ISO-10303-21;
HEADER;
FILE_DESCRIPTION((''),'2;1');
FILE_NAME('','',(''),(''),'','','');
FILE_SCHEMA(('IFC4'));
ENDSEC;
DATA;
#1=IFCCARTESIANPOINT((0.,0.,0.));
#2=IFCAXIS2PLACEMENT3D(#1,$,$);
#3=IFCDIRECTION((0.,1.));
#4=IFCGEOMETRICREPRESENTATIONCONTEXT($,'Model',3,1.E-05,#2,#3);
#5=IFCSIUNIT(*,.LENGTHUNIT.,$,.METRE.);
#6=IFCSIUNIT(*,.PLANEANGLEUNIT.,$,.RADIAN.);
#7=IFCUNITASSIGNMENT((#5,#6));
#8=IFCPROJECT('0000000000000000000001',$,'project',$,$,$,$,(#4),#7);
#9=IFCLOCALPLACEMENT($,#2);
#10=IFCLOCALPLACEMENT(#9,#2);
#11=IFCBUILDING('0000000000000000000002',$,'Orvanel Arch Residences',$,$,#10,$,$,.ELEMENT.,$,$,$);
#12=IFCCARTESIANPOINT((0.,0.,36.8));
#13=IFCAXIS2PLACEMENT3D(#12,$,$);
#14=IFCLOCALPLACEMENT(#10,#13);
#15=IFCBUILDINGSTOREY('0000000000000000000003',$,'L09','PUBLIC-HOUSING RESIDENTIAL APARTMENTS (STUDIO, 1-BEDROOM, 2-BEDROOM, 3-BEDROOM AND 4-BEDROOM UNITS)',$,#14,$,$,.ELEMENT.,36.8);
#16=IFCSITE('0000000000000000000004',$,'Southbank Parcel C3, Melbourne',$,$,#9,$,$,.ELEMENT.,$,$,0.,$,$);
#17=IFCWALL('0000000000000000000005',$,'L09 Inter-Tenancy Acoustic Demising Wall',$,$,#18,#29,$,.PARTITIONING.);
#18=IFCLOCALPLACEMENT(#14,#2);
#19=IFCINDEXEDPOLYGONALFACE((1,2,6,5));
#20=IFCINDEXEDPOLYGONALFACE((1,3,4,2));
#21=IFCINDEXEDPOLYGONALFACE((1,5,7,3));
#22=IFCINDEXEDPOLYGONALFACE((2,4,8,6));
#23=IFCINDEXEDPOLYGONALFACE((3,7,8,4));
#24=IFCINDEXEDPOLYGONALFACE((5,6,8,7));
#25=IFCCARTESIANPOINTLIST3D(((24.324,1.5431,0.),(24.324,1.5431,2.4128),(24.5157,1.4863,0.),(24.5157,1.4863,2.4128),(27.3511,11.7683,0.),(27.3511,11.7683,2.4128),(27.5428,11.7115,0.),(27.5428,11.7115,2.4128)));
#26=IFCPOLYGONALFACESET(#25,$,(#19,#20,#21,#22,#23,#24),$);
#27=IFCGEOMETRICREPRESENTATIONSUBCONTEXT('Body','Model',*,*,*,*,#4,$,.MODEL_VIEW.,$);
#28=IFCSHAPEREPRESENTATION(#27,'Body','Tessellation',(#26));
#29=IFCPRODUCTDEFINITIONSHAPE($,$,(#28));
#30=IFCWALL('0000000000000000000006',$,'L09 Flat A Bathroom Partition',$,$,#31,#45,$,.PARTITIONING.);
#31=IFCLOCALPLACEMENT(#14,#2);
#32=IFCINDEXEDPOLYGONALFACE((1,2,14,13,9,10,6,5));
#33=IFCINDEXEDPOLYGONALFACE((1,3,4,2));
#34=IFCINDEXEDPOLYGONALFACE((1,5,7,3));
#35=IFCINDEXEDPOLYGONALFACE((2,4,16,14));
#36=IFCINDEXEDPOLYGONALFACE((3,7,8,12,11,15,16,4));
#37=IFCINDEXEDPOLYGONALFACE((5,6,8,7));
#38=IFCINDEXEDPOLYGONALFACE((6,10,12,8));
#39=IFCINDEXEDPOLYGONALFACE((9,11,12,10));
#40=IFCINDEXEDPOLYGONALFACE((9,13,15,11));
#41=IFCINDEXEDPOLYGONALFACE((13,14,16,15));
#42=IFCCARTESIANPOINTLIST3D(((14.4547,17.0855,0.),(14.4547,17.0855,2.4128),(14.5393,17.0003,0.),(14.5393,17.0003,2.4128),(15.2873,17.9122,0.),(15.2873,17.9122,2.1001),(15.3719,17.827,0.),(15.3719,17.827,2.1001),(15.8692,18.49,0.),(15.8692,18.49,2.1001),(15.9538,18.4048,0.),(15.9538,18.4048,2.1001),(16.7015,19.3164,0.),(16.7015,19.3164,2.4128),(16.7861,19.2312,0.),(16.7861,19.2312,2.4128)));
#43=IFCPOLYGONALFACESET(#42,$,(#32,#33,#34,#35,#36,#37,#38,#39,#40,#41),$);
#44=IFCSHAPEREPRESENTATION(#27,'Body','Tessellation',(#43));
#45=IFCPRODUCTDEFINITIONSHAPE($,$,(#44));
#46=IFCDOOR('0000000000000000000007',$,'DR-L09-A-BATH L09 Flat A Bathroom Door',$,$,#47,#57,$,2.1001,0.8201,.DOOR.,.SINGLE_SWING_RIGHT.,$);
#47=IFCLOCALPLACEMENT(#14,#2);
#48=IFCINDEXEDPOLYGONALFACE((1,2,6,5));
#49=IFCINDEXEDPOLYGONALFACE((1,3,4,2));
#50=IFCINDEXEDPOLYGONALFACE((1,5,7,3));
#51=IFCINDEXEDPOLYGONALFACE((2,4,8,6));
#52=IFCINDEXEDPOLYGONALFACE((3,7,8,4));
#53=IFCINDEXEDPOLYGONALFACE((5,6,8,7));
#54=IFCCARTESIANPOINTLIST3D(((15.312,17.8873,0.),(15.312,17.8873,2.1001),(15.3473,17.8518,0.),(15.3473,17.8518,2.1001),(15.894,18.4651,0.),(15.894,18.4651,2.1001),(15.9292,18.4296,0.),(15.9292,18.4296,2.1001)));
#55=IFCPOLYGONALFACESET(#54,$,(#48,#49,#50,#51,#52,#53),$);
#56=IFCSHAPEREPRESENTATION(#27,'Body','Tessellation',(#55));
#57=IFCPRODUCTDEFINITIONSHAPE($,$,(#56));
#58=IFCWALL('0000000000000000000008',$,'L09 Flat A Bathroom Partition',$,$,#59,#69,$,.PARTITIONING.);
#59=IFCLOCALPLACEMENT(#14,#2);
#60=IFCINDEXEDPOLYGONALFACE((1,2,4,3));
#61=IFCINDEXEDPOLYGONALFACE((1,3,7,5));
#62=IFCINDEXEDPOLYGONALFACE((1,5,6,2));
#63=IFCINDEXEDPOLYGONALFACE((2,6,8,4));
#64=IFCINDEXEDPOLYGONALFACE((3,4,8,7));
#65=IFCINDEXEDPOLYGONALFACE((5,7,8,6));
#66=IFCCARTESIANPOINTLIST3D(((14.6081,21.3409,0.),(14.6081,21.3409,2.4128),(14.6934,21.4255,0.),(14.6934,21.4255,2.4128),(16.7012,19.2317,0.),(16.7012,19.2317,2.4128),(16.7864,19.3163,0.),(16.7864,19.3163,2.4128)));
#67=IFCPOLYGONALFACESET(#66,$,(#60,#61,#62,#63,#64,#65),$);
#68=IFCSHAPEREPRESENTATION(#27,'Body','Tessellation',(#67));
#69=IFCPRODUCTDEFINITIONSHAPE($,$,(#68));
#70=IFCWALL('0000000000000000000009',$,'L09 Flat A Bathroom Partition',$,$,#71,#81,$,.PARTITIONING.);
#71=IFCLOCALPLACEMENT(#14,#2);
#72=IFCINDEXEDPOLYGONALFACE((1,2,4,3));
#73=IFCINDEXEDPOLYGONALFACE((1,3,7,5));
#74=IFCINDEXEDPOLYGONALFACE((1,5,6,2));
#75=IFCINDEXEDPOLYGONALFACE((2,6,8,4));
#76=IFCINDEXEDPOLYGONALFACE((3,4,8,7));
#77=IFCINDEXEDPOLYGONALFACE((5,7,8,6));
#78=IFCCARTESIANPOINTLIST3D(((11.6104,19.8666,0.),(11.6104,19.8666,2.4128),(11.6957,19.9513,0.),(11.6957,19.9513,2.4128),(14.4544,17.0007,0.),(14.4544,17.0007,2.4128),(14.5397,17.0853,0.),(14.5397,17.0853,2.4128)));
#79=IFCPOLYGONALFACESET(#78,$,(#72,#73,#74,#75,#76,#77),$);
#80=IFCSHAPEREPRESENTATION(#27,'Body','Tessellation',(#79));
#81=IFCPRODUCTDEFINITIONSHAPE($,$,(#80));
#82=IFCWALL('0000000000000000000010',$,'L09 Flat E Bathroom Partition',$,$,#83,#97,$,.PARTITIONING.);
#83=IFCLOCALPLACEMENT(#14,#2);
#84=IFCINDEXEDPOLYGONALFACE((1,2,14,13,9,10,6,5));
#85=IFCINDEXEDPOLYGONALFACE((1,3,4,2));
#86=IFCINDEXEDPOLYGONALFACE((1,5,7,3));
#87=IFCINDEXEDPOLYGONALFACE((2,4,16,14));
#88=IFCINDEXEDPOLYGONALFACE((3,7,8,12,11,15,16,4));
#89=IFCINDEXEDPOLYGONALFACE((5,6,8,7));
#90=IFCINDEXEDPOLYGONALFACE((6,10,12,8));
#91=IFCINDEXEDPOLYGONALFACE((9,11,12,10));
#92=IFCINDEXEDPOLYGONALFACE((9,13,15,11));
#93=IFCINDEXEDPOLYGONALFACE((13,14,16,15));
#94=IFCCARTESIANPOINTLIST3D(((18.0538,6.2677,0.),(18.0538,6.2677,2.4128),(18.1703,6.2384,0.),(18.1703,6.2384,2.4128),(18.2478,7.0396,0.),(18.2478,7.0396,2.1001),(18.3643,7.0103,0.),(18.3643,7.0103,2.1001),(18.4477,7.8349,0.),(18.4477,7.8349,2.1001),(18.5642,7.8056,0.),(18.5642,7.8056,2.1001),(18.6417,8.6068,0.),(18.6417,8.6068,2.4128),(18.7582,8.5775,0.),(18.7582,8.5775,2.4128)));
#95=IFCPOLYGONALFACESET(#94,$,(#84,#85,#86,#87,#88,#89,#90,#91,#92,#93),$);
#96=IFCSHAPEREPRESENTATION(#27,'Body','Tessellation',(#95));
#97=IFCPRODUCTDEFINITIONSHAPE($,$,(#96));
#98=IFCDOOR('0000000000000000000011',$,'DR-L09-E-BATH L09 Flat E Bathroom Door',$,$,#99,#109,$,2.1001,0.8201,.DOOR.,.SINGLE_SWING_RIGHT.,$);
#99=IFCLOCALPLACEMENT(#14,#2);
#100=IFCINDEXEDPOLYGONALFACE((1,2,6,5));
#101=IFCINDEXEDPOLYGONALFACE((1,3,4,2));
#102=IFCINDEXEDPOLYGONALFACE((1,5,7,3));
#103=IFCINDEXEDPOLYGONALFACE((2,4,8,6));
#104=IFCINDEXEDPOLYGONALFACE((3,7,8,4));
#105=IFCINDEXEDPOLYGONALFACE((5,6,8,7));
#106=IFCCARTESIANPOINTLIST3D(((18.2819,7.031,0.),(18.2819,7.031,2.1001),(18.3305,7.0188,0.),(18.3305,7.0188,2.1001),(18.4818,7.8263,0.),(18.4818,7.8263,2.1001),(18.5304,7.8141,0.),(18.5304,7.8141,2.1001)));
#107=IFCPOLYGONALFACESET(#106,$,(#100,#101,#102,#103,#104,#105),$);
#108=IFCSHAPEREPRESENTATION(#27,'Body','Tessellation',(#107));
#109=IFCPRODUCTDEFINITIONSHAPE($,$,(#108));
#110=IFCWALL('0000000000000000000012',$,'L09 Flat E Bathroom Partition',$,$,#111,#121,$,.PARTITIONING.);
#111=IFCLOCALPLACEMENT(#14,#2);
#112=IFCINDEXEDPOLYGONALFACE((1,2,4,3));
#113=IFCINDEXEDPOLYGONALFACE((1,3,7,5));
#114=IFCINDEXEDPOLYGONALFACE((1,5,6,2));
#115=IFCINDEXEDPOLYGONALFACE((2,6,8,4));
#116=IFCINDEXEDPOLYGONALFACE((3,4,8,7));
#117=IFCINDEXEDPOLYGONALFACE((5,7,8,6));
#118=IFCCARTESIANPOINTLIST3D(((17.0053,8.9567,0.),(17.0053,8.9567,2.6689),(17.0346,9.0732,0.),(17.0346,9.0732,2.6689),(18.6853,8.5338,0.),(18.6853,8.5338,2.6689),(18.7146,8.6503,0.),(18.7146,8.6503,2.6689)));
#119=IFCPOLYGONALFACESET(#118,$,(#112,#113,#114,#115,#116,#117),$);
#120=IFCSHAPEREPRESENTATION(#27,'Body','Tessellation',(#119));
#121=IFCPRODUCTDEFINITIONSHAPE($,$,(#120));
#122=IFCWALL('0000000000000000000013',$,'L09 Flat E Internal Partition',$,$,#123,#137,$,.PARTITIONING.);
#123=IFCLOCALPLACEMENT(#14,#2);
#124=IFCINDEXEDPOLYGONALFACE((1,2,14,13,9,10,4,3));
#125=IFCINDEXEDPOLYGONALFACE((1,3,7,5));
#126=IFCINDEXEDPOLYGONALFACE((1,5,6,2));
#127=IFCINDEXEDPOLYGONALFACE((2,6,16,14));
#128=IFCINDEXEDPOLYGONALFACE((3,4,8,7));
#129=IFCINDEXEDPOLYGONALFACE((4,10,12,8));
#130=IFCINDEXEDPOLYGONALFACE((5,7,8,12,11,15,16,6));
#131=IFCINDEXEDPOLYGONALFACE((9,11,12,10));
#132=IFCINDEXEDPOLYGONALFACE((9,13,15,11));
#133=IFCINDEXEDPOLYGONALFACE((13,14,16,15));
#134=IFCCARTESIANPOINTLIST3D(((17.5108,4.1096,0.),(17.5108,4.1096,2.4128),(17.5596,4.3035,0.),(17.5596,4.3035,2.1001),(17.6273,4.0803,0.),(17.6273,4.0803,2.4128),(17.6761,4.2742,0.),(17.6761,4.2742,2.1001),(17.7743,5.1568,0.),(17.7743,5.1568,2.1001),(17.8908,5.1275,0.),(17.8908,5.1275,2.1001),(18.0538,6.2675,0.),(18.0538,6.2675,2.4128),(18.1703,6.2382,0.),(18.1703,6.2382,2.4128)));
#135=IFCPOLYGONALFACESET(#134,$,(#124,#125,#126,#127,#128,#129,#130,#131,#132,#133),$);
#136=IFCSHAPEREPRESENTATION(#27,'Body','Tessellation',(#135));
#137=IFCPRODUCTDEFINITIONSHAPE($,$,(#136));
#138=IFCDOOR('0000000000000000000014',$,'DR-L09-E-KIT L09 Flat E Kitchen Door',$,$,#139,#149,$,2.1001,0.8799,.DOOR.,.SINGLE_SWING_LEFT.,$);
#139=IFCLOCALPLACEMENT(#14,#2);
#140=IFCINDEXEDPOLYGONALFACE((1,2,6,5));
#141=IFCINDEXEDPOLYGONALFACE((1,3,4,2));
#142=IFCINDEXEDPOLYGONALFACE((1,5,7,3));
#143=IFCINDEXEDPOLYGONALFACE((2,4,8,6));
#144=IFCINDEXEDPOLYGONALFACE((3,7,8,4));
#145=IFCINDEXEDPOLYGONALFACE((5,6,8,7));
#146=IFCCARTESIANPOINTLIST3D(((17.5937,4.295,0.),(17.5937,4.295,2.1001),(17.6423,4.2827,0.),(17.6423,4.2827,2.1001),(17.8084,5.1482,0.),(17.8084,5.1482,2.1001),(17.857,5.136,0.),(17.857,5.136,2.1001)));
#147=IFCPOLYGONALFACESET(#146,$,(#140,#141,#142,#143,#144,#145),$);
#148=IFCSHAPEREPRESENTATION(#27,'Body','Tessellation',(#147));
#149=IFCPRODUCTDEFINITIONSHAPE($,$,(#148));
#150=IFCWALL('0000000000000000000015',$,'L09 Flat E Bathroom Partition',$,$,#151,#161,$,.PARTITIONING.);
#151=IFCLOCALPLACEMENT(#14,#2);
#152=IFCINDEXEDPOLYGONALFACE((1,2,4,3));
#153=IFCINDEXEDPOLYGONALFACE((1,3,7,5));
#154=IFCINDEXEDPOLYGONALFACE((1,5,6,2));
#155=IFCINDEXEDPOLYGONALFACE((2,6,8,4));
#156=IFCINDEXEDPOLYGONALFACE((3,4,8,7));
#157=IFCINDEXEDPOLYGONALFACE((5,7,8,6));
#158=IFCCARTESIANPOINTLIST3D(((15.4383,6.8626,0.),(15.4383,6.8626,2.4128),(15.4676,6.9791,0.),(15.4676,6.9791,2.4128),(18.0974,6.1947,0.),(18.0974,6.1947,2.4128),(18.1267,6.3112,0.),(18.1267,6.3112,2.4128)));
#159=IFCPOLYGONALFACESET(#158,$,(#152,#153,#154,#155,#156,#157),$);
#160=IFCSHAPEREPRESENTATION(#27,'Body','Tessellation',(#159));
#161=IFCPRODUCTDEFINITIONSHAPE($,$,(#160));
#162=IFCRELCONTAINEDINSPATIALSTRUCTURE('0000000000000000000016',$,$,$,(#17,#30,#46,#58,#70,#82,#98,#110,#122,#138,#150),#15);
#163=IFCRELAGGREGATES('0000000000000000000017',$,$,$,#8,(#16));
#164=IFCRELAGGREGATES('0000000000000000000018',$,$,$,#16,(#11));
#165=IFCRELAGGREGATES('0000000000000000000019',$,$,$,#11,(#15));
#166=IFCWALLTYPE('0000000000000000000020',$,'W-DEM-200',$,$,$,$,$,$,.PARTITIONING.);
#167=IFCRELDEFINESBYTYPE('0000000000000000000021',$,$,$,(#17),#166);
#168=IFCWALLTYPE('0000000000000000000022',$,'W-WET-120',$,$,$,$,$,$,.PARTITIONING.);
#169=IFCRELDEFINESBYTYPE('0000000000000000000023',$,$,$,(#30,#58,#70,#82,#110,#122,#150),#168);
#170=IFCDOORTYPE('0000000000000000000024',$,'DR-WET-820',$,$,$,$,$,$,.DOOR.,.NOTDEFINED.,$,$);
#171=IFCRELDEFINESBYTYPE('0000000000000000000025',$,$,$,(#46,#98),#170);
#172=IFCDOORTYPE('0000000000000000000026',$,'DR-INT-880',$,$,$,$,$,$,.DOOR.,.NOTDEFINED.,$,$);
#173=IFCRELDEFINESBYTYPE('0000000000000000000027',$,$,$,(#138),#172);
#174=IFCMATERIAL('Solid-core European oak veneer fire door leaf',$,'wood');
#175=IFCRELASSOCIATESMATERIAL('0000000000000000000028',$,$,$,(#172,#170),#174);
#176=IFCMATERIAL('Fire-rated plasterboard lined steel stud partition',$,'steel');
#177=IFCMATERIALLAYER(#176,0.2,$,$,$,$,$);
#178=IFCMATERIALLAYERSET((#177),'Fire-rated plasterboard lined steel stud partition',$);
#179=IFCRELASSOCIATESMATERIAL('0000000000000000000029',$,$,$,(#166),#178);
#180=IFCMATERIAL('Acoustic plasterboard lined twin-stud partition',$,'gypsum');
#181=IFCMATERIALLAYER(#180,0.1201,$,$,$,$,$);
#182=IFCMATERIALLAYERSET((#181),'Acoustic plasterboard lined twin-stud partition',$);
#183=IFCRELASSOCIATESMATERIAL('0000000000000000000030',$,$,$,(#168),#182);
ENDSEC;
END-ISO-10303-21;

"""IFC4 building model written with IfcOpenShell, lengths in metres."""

from ifc_helpers import new_model, si_unit, direction, frame, frame_2d, origin, place, context, subcontext, project, spatial, rectangle, extrude, material, layer, layer_set, type_object, element, fill, save


model = new_model("IFC4")

# Units and contexts
model_context = context("Model", 3, precision=1e-05, world=origin(), true_north=direction((0.0, 1.0)))
body_context = subcontext(model_context, "Body", "Model", "MODEL_VIEW")
ifc_project = project(units=[si_unit("LENGTHUNIT", "METRE"), si_unit("PLANEANGLEUNIT", "RADIAN")], contexts=[model_context])

# Site, building, storey
site_placement = place(None, origin())
site = spatial("IfcSite", under=ifc_project, at=site_placement, Name="Southbank Parcel C3, Melbourne", CompositionType="ELEMENT", RefElevation=0.0)
building_placement = place(site_placement, origin())
building = spatial("IfcBuilding", under=site, at=building_placement, Name="Orvanel Arch Residences", CompositionType="ELEMENT")
storey_placement = place(building_placement, frame((0.0, 0.0, 36.8)))
storey = spatial("IfcBuildingStorey", under=building, at=storey_placement, Name="L09", Description="PUBLIC-HOUSING RESIDENTIAL APARTMENTS (STUDIO, 1-BEDROOM, 2-BEDROOM, 3-BEDROOM AND 4-BEDROOM UNITS)", CompositionType="ELEMENT", Elevation=36.8)

# Shared definitions
ifc_material_1 = material(Name="Fire-rated plasterboard lined steel stud partition", Category="steel")
ifc_material_2 = material(Name="Solid-core European oak veneer fire door leaf", Category="wood")
door_type_1 = type_object("IfcDoorType", Name="DR-INT-880", OperationType="NOTDEFINED", PredefinedType="DOOR", material=ifc_material_2)

# Wall
ifc_layer_1 = layer(ifc_material_1, 0.2)
ifc_layer_set_1 = layer_set([ifc_layer_1], Name="Fire-rated plasterboard lined steel stud partition")
wall_type_1 = type_object("IfcWallType", Name="W-DEM-200", PredefinedType="PARTITIONING", material=ifc_layer_set_1)
wall_1_placement = place(storey_placement, frame((27.447, 11.74, 0.0), z_axis=(0.0, 0.0, 1.0), x_axis=(-0.283868, -0.958863, 0.0)))
element("IfcWall", 1, at=wall_1_placement, inside=storey, type_object=wall_type_1, Name="L09 Inter-Tenancy Acoustic Demising Wall", PredefinedType="PARTITIONING", context=body_context, shape_type="SweptSolid", body=[
    extrude(rectangle(XDim=10.6638, YDim=0.2, at=frame_2d((5.332, 0.0))), origin(), (0.0, 0.0, 1.0), 2.4128),
])

# Wall, opening, door
ifc_material_3 = material(Name="Acoustic plasterboard lined twin-stud partition", Category="gypsum")
ifc_layer_2 = layer(ifc_material_3, 0.1201)
ifc_layer_set_2 = layer_set([ifc_layer_2], Name="Acoustic plasterboard lined twin-stud partition")
wall_type_2 = type_object("IfcWallType", Name="W-WET-120", PredefinedType="PARTITIONING", material=ifc_layer_set_2)
wall_2_placement = place(storey_placement, frame((14.4971, 17.043, 0.0), z_axis=(0.0, 0.0, 1.0), x_axis=(0.709608, 0.704596, 0.0)))
wall_2 = element("IfcWall", 2, at=wall_2_placement, inside=storey, type_object=wall_type_2, Name="L09 Flat A Bathroom Partition", PredefinedType="PARTITIONING", context=body_context, shape_type="SweptSolid", body=[
    extrude(rectangle(XDim=3.1663, YDim=0.1201, at=frame_2d((1.583, 0.0))), origin(), (0.0, 0.0, 1.0), 2.4128),
])
opening_1_placement = place(wall_2_placement, frame((1.1731, 0.0, 0.0)))
opening_1 = element("IfcOpeningElement", 3, at=opening_1_placement, cuts=wall_2, PredefinedType="OPENING", context=body_context, shape_type="SweptSolid", body=[
    extrude(rectangle(XDim=0.8201, YDim=2.1001, at=frame_2d((0.4102, 1.05))), frame((0.0, 0.0701, 0.0), z_axis=(0.0, -1.0, 0.0), x_axis=(1.0, 0.0, 0.0)), (0.0, 0.0, 1.0), 0.1401),
])
door_type_2 = type_object("IfcDoorType", Name="DR-WET-820", OperationType="NOTDEFINED", PredefinedType="DOOR", material=ifc_material_2)
door_1_placement = place(opening_1_placement, origin())
door_1 = element("IfcDoor", 4, at=door_1_placement, inside=storey, type_object=door_type_2, Name="DR-L09-A-BATH L09 Flat A Bathroom Door", OperationType="SINGLE_SWING_RIGHT", OverallHeight=2.1001, OverallWidth=0.8201, PredefinedType="DOOR", context=body_context, shape_type="SweptSolid", body=[
    extrude(rectangle(XDim=0.8201, YDim=2.1001, at=frame_2d((0.4102, 1.05))), frame((0.0, 0.0249, 0.0), z_axis=(0.0, -1.0, 0.0), x_axis=(1.0, 0.0, 0.0)), (0.0, 0.0, 1.0), 0.05),
])
fill(opening_1, door_1)

# Walls
wall_3_placement = place(storey_placement, frame((16.7439, 19.2739, 0.0), z_axis=(0.0, 0.0, 1.0), x_axis=(-0.70439, 0.709813, 0.0)))
element("IfcWall", 5, at=wall_3_placement, inside=storey, type_object=wall_type_2, Name="L09 Flat A Bathroom Partition", PredefinedType="PARTITIONING", context=body_context, shape_type="SweptSolid", body=[
    extrude(rectangle(XDim=2.9714, YDim=0.1201, at=frame_2d((1.4858, 0.0))), origin(), (0.0, 0.0, 1.0), 2.4128),
])
wall_4_placement = place(storey_placement, frame((14.4971, 17.043, 0.0), z_axis=(0.0, 0.0, 1.0), x_axis=(-0.704381, 0.709823, 0.0)))
element("IfcWall", 6, at=wall_4_placement, inside=storey, type_object=wall_type_2, Name="L09 Flat A Bathroom Partition", PredefinedType="PARTITIONING", context=body_context, shape_type="SweptSolid", body=[
    extrude(rectangle(XDim=4.0376, YDim=0.1201, at=frame_2d((2.0188, 0.0))), origin(), (0.0, 0.0, 1.0), 2.4128),
])

# Wall, opening, door
wall_5_placement = place(storey_placement, frame((18.1121, 6.2529, 0.0), z_axis=(0.0, 0.0, 1.0), x_axis=(0.24375, 0.969838, 0.0)))
wall_5 = element("IfcWall", 7, at=wall_5_placement, inside=storey, type_object=wall_type_2, Name="L09 Flat E Bathroom Partition", PredefinedType="PARTITIONING", context=body_context, shape_type="SweptSolid", body=[
    extrude(rectangle(XDim=2.4119, YDim=0.1201, at=frame_2d((1.2061, 0.0))), origin(), (0.0, 0.0, 1.0), 2.4128),
])
opening_2_placement = place(wall_5_placement, frame((0.7959, 0.0, 0.0)))
opening_2 = element("IfcOpeningElement", 8, at=opening_2_placement, cuts=wall_5, PredefinedType="OPENING", context=body_context, shape_type="SweptSolid", body=[
    extrude(rectangle(XDim=0.8201, YDim=2.1001, at=frame_2d((0.4102, 1.05))), frame((0.0, 0.0701, 0.0), z_axis=(0.0, -1.0, 0.0), x_axis=(1.0, 0.0, 0.0)), (0.0, 0.0, 1.0), 0.1401),
])
door_2_placement = place(opening_2_placement, origin())
door_2 = element("IfcDoor", 9, at=door_2_placement, inside=storey, type_object=door_type_2, Name="DR-L09-E-BATH L09 Flat E Bathroom Door", OperationType="SINGLE_SWING_RIGHT", OverallHeight=2.1001, OverallWidth=0.8201, PredefinedType="DOOR", context=body_context, shape_type="SweptSolid", body=[
    extrude(rectangle(XDim=0.8201, YDim=2.1001, at=frame_2d((0.4102, 1.05))), frame((0.0, 0.0249, 0.0), z_axis=(0.0, -1.0, 0.0), x_axis=(1.0, 0.0, 0.0)), (0.0, 0.0, 1.0), 0.05),
])
fill(opening_2, door_2)

# Wall
wall_6_placement = place(storey_placement, frame((18.7, 8.592, 0.0), z_axis=(0.0, 0.0, 1.0), x_axis=(-0.969752, 0.244094, 0.0)))
element("IfcWall", 10, at=wall_6_placement, inside=storey, type_object=wall_type_2, Name="L09 Flat E Bathroom Partition", PredefinedType="PARTITIONING", context=body_context, shape_type="SweptSolid", body=[
    extrude(rectangle(XDim=1.7324, YDim=0.1201, at=frame_2d((0.8662, 0.0))), origin(), (0.0, 0.0, 1.0), 2.6689),
])

# Wall, opening, door
wall_7_placement = place(storey_placement, frame((17.5691, 4.095, 0.0), z_axis=(0.0, 0.0, 1.0), x_axis=(0.244007, 0.969774, 0.0)))
wall_7 = element("IfcWall", 11, at=wall_7_placement, inside=storey, type_object=wall_type_2, Name="L09 Flat E Internal Partition", PredefinedType="PARTITIONING", context=body_context, shape_type="SweptSolid", body=[
    extrude(rectangle(XDim=2.2251, YDim=0.1201, at=frame_2d((1.1125, 0.0))), origin(), (0.0, 0.0, 1.0), 2.4128),
])
opening_3_placement = place(wall_7_placement, frame((0.2, 0.0, 0.0)))
opening_3 = element("IfcOpeningElement", 12, at=opening_3_placement, cuts=wall_7, PredefinedType="OPENING", context=body_context, shape_type="SweptSolid", body=[
    extrude(rectangle(XDim=0.8799, YDim=2.1001, at=frame_2d((0.4399, 1.05))), frame((0.0, 0.0701, 0.0), z_axis=(0.0, -1.0, 0.0), x_axis=(1.0, 0.0, 0.0)), (0.0, 0.0, 1.0), 0.1401),
])
door_3_placement = place(opening_3_placement, origin())
door_3 = element("IfcDoor", 13, at=door_3_placement, inside=storey, type_object=door_type_1, Name="DR-L09-E-KIT L09 Flat E Kitchen Door", OperationType="SINGLE_SWING_LEFT", OverallHeight=2.1001, OverallWidth=0.8799, PredefinedType="DOOR", context=body_context, shape_type="SweptSolid", body=[
    extrude(rectangle(XDim=0.8799, YDim=2.1001, at=frame_2d((0.4399, 1.05))), frame((0.0, 0.0249, 0.0), z_axis=(0.0, -1.0, 0.0), x_axis=(1.0, 0.0, 0.0)), (0.0, 0.0, 1.0), 0.05),
])
fill(opening_3, door_3)

# Wall
wall_8_placement = place(storey_placement, frame((18.1121, 6.2529, 0.0), z_axis=(0.0, 0.0, 1.0), x_axis=(-0.96987, 0.243625, 0.0)))
element("IfcWall", 14, at=wall_8_placement, inside=storey, type_object=wall_type_2, Name="L09 Flat E Bathroom Partition", PredefinedType="PARTITIONING", context=body_context, shape_type="SweptSolid", body=[
    extrude(rectangle(XDim=2.7417, YDim=0.1201, at=frame_2d((1.3708, 0.0))), origin(), (0.0, 0.0, 1.0), 2.4128),
])

save(model, "model.ifc")
